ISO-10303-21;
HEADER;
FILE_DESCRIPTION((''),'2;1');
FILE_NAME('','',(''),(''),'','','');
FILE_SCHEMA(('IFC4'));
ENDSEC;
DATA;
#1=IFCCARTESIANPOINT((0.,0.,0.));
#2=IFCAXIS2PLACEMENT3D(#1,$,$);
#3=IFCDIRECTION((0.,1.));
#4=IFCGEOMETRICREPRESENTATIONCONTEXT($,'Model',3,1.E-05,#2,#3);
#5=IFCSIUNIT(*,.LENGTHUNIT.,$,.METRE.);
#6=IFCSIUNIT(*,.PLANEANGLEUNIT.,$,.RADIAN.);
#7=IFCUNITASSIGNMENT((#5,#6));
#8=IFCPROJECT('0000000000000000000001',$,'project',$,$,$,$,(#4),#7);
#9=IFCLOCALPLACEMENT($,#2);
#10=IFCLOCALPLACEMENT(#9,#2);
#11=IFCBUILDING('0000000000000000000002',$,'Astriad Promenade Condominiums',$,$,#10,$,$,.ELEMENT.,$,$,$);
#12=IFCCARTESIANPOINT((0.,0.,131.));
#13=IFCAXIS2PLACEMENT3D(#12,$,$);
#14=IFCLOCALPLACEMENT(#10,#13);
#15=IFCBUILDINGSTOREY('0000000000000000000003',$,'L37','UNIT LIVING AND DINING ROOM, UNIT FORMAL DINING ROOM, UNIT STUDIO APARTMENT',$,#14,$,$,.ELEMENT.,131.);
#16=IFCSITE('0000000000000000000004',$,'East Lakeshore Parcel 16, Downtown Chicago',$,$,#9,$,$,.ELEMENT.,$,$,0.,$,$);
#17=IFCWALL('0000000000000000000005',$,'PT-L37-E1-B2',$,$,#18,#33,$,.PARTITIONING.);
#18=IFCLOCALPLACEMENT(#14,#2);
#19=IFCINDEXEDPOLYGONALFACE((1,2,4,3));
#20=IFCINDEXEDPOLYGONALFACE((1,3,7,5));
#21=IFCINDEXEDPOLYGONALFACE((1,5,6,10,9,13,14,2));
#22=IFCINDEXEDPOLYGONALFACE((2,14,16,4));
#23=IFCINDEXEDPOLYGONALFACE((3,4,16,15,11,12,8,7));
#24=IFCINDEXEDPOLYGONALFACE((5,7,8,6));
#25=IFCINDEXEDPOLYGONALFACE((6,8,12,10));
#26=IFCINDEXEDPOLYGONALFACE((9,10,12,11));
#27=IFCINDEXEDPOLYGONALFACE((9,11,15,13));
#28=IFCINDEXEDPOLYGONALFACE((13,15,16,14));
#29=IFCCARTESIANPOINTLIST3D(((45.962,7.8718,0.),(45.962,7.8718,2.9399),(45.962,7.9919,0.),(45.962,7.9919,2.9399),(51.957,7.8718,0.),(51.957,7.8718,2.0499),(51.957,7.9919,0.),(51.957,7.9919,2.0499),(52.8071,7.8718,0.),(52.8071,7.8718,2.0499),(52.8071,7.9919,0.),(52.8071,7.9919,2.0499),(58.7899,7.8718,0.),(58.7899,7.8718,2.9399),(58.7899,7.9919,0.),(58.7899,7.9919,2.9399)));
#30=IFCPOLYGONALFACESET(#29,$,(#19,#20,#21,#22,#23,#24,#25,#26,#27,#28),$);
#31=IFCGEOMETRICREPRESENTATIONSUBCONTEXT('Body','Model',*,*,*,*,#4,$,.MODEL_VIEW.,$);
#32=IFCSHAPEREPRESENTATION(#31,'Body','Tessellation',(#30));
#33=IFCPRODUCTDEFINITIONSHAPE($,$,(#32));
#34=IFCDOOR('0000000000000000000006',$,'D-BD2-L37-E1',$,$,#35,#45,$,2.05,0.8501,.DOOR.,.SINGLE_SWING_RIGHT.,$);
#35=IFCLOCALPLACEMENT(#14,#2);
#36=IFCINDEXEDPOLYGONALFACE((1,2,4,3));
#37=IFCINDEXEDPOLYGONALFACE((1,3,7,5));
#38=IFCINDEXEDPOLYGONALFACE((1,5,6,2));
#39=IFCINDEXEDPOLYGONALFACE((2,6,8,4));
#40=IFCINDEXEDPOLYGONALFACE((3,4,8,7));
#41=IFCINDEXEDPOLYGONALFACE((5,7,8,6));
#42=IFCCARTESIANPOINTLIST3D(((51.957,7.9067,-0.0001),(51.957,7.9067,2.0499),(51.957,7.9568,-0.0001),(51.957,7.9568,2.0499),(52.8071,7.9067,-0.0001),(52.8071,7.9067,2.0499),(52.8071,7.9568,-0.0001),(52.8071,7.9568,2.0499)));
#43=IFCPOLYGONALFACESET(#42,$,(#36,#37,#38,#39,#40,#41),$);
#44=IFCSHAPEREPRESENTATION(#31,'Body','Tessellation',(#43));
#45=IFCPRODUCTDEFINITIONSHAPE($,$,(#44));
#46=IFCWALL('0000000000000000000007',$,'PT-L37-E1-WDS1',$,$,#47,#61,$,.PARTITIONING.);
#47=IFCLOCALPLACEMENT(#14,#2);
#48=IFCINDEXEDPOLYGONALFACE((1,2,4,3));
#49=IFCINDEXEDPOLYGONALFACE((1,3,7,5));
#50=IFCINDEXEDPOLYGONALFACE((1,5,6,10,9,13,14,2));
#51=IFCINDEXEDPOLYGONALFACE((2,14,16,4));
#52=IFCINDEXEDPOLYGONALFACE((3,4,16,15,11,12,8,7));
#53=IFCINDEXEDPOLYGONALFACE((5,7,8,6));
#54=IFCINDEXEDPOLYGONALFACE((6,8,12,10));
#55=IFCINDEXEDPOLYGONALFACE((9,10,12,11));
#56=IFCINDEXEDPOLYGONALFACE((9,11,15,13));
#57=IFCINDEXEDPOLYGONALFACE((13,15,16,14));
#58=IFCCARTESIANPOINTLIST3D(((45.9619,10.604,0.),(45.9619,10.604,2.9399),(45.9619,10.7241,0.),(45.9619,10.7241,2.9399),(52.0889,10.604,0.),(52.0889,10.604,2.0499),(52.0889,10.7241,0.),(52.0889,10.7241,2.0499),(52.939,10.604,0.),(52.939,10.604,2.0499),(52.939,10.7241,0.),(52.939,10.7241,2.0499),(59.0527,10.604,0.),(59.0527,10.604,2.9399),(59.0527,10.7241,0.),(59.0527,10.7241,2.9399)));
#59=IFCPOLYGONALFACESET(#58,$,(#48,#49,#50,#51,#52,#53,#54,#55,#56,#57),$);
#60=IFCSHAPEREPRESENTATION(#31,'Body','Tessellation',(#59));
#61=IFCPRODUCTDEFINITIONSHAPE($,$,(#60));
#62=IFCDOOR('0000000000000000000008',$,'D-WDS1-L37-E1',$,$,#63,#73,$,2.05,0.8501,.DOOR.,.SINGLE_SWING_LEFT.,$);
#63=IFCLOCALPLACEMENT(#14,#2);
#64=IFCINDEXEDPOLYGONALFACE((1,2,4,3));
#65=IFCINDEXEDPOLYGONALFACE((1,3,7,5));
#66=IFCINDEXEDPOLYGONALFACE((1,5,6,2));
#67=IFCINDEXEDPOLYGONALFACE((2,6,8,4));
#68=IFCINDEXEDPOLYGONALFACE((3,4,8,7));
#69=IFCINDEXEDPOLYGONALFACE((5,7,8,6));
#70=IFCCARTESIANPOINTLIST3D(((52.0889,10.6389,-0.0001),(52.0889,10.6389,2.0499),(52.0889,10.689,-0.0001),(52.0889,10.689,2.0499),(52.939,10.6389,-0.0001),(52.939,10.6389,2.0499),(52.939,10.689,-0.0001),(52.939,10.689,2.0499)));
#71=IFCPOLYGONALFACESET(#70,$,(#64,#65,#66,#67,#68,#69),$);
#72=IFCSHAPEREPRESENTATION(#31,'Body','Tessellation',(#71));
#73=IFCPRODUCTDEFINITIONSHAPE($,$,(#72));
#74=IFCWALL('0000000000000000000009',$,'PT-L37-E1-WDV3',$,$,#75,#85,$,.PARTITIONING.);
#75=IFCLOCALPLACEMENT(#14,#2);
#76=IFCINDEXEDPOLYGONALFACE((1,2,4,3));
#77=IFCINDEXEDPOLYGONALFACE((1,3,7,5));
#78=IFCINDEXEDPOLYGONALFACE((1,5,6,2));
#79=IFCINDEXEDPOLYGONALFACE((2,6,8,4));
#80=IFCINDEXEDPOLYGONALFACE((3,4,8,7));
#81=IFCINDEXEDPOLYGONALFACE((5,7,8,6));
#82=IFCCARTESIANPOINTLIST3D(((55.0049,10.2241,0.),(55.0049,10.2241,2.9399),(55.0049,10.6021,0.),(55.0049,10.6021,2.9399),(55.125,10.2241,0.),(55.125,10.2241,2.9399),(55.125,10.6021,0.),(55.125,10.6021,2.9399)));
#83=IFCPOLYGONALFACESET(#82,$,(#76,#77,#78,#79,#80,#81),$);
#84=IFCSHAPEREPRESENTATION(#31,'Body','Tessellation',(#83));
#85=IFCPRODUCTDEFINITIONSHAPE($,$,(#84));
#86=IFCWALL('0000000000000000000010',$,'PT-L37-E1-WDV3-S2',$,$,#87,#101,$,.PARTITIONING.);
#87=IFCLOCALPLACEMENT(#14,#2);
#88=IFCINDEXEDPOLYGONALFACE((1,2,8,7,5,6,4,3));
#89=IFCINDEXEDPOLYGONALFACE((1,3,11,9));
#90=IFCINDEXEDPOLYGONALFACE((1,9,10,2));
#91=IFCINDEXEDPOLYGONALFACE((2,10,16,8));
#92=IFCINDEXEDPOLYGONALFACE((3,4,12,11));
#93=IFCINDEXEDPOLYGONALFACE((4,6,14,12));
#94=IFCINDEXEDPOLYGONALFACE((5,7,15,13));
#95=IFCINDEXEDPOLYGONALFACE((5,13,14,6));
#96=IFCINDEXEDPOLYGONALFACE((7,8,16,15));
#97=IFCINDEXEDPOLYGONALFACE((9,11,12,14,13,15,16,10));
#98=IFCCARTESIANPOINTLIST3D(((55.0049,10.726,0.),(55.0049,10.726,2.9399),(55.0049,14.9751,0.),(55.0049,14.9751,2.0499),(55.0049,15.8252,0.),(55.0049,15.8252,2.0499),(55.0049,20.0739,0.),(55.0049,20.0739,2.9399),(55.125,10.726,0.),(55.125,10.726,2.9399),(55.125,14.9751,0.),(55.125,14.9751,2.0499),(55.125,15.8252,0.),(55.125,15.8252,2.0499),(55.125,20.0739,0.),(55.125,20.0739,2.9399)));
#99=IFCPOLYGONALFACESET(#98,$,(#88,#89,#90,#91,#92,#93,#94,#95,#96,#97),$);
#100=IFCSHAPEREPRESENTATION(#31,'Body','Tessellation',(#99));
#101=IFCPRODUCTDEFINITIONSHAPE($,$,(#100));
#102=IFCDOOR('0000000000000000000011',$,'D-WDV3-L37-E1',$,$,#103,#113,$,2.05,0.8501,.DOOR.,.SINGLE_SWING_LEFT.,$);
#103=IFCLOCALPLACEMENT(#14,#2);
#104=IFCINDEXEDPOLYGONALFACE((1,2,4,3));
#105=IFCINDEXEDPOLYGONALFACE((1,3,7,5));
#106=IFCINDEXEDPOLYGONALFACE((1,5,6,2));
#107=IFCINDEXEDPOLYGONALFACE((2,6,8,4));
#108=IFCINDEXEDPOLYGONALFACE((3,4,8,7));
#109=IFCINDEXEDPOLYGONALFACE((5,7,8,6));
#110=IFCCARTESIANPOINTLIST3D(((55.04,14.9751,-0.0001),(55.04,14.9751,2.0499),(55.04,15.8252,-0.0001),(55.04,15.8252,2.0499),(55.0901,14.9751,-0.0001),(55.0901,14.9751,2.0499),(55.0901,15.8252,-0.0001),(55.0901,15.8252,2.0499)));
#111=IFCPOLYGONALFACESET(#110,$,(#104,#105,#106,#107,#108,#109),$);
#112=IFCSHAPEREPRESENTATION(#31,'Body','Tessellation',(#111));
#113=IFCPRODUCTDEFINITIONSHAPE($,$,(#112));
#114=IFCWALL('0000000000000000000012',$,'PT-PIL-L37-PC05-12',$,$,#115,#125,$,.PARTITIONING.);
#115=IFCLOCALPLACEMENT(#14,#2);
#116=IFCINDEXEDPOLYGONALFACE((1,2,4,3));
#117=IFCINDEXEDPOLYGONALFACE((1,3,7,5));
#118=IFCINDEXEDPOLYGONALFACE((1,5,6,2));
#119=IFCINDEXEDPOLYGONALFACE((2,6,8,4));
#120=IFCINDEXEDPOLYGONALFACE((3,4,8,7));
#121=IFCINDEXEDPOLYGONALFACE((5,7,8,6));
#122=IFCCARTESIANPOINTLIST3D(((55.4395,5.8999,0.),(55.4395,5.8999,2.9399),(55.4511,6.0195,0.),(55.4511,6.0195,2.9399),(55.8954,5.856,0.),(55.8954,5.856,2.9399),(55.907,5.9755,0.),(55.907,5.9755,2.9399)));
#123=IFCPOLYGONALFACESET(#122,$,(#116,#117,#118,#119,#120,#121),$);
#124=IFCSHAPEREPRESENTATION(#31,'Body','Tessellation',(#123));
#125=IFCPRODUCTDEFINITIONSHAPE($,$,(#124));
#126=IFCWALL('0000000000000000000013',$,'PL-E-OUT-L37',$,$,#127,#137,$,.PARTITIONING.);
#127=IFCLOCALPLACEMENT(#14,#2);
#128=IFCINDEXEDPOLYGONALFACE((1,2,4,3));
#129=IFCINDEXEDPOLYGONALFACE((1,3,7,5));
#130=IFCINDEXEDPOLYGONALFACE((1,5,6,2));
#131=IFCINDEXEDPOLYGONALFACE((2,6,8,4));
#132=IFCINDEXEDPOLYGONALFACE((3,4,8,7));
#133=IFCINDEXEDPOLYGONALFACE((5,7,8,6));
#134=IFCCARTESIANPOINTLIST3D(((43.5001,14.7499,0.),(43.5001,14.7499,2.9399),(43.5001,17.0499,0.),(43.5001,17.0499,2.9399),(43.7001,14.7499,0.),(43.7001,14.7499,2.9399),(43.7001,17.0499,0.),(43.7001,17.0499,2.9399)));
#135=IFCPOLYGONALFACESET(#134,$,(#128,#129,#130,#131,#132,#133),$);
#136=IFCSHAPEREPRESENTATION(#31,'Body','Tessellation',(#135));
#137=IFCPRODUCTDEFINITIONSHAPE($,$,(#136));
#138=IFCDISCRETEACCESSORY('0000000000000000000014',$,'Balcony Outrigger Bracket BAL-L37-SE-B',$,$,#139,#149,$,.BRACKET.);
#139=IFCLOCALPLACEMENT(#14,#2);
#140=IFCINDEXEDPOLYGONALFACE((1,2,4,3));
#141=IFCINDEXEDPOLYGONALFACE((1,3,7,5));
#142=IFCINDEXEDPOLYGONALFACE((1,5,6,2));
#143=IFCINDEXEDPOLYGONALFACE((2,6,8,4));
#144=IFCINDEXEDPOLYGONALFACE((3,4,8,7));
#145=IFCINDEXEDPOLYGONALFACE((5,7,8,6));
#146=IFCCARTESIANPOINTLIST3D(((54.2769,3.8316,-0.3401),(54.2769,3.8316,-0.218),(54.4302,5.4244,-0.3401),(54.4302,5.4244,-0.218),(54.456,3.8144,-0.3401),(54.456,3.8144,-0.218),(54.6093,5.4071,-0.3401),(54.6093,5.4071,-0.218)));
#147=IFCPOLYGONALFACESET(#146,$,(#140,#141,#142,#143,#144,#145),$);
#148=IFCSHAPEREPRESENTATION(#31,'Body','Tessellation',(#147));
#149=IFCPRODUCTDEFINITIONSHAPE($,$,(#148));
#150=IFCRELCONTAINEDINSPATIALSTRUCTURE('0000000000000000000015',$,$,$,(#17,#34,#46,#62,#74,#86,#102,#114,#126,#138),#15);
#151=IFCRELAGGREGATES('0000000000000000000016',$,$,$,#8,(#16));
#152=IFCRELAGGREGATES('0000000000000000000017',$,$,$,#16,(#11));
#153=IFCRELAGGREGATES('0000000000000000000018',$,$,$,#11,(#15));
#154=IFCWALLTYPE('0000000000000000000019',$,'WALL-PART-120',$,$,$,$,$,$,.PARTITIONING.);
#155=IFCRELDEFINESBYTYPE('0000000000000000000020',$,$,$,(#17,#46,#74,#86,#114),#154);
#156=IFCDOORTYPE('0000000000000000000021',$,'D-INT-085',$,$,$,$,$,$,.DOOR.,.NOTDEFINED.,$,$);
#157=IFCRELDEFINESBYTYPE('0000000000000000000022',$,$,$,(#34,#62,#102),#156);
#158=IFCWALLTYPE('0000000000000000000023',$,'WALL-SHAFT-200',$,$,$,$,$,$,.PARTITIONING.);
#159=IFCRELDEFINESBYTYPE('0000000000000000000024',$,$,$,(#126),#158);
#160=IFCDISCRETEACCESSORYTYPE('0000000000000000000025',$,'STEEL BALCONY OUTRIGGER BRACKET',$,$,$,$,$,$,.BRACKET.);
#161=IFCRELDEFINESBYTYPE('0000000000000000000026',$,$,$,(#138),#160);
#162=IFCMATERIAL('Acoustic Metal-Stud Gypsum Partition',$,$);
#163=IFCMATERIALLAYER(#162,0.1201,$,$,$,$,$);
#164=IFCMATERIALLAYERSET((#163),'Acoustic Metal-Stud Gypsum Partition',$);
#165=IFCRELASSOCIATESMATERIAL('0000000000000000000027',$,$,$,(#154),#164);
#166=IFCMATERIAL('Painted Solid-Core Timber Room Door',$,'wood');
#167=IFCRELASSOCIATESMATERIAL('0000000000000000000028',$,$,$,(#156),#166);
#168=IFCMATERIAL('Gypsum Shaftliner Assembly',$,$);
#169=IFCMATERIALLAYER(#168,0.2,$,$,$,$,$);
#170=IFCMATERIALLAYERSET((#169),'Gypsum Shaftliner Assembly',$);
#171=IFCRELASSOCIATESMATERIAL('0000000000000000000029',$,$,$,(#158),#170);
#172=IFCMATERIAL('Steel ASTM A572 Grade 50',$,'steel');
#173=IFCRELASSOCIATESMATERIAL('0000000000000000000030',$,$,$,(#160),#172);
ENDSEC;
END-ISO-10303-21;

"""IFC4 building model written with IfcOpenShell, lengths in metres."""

from ifc_helpers import new_model, si_unit, direction, frame, frame_2d, origin, origin_2d, place, context, subcontext, project, spatial, rectangle, extrude, source, transform, mapped, material, layer, layer_set, type_object, type_shapes, element, fill, save


model = new_model("IFC4")

# Units and contexts
model_context = context("Model", 3, precision=1e-05, world=origin(), true_north=direction((0.0, 1.0)))
body_context = subcontext(model_context, "Body", "Model", "MODEL_VIEW")
ifc_project = project(units=[si_unit("LENGTHUNIT", "METRE"), si_unit("PLANEANGLEUNIT", "RADIAN")], contexts=[model_context])

# Site, building, storey
site_placement = place(None, origin())
site = spatial("IfcSite", under=ifc_project, at=site_placement, Name="East Lakeshore Parcel 16, Downtown Chicago", CompositionType="ELEMENT", RefElevation=0.0)
building_placement = place(site_placement, origin())
building = spatial("IfcBuilding", under=site, at=building_placement, Name="Astriad Promenade Condominiums", CompositionType="ELEMENT")
storey_placement = place(building_placement, frame((0.0, 0.0, 131.0)))
storey = spatial("IfcBuildingStorey", under=building, at=storey_placement, Name="L37", Description="UNIT LIVING AND DINING ROOM, UNIT FORMAL DINING ROOM, UNIT STUDIO APARTMENT", CompositionType="ELEMENT", Elevation=131.0)

# Shared definitions
ifc_material_1 = material(Name="Acoustic Metal-Stud Gypsum Partition")
ifc_layer_1 = layer(ifc_material_1, 0.1201)
ifc_layer_set_1 = layer_set([ifc_layer_1], Name="Acoustic Metal-Stud Gypsum Partition")
wall_type_1 = type_object("IfcWallType", Name="WALL-PART-120", PredefinedType="PARTITIONING", material=ifc_layer_set_1)
ifc_material_2 = material(Name="Painted Solid-Core Timber Room Door", Category="wood")
door_type_1 = type_object("IfcDoorType", Name="D-INT-085", OperationType="NOTDEFINED", PredefinedType="DOOR", material=ifc_material_2)
shared_shape_1 = source(origin(), body_context, "Body", "SweptSolid", [
    extrude(rectangle(XDim=0.8501, YDim=2.05, at=frame_2d((0.425, 1.0249))), frame((0.0, 0.0249, 0.0), z_axis=(0.0, -1.0, 0.0), x_axis=(1.0, 0.0, 0.0)), (0.0, 0.0, 1.0), 0.05),
])
type_shapes(door_type_1, [shared_shape_1])

# Walls, openings, doors
wall_1_placement = place(storey_placement, frame((45.9619, 7.9319, 0.0), z_axis=(0.0, 0.0, 1.0), x_axis=(1.0, 0.0, 0.0)))
wall_1 = element("IfcWall", 1, at=wall_1_placement, inside=storey, type_object=wall_type_1, Name="PT-L37-E1-B2", PredefinedType="PARTITIONING", context=body_context, shape_type="SweptSolid", body=[
    extrude(rectangle(XDim=12.8279, YDim=0.1201, at=frame_2d((6.4141, 0.0))), origin(), (0.0, 0.0, 1.0), 2.9399),
])
opening_1_placement = place(wall_1_placement, frame((5.9951, 0.0, 0.0)))
opening_1 = element("IfcOpeningElement", 2, at=opening_1_placement, cuts=wall_1, PredefinedType="OPENING", context=body_context, shape_type="SweptSolid", body=[
    extrude(rectangle(XDim=0.8501, YDim=2.05, at=frame_2d((0.425, 1.0249))), frame((0.0, 0.0701, 0.0), z_axis=(0.0, -1.0, 0.0), x_axis=(1.0, 0.0, 0.0)), (0.0, 0.0, 1.0), 0.1401),
])
door_1_placement = place(opening_1_placement, origin())
door_1 = element("IfcDoor", 3, at=door_1_placement, inside=storey, type_object=door_type_1, Name="D-BD2-L37-E1", OperationType="SINGLE_SWING_RIGHT", OverallHeight=2.05, OverallWidth=0.8501, PredefinedType="DOOR", context=body_context, shape_type="MappedRepresentation", body=[
    mapped(shared_shape_1, transform((0.0, 0.0, 0.0), scale=1.0)),
])
fill(opening_1, door_1)
wall_2_placement = place(storey_placement, frame((45.9619, 10.6641, 0.0), z_axis=(0.0, 0.0, 1.0), x_axis=(1.0, 0.0, 0.0)))
wall_2 = element("IfcWall", 4, at=wall_2_placement, inside=storey, type_object=wall_type_1, Name="PT-L37-E1-WDS1", PredefinedType="PARTITIONING", context=body_context, shape_type="SweptSolid", body=[
    extrude(rectangle(XDim=13.0908, YDim=0.1201, at=frame_2d((6.5454, 0.0))), origin(), (0.0, 0.0, 1.0), 2.9399),
])
opening_2_placement = place(wall_2_placement, frame((6.127, 0.0, 0.0)))
opening_2 = element("IfcOpeningElement", 5, at=opening_2_placement, cuts=wall_2, PredefinedType="OPENING", context=body_context, shape_type="SweptSolid", body=[
    extrude(rectangle(XDim=0.8501, YDim=2.05, at=frame_2d((0.425, 1.0249))), frame((0.0, 0.0701, 0.0), z_axis=(0.0, -1.0, 0.0), x_axis=(1.0, 0.0, 0.0)), (0.0, 0.0, 1.0), 0.1401),
])
door_2_placement = place(opening_2_placement, origin())
door_2 = element("IfcDoor", 6, at=door_2_placement, inside=storey, type_object=door_type_1, Name="D-WDS1-L37-E1", OperationType="SINGLE_SWING_LEFT", OverallHeight=2.05, OverallWidth=0.8501, PredefinedType="DOOR", context=body_context, shape_type="MappedRepresentation", body=[
    mapped(shared_shape_1, transform((0.0, 0.0, 0.0), scale=1.0)),
])
fill(opening_2, door_2)

# Wall
wall_3_placement = place(storey_placement, frame((55.0649, 10.2241, 0.0), z_axis=(0.0, 0.0, 1.0), x_axis=(0.0, 1.0, 0.0)))
element("IfcWall", 7, at=wall_3_placement, inside=storey, type_object=wall_type_1, Name="PT-L37-E1-WDV3", PredefinedType="PARTITIONING", context=body_context, shape_type="SweptSolid", body=[
    extrude(rectangle(XDim=0.3779, YDim=0.1201, at=frame_2d((0.189, 0.0))), origin(), (0.0, 0.0, 1.0), 2.9399),
])

# Wall, opening, door
wall_4_placement = place(storey_placement, frame((55.0649, 10.7261, 0.0), z_axis=(0.0, 0.0, 1.0), x_axis=(0.0, 1.0, 0.0)))
wall_4 = element("IfcWall", 8, at=wall_4_placement, inside=storey, type_object=wall_type_1, Name="PT-L37-E1-WDV3-S2", PredefinedType="PARTITIONING", context=body_context, shape_type="SweptSolid", body=[
    extrude(rectangle(XDim=9.3479, YDim=0.1201, at=frame_2d((4.6738, 0.0))), origin(), (0.0, 0.0, 1.0), 2.9399),
])
opening_3_placement = place(wall_4_placement, frame((4.249, 0.0, 0.0)))
opening_3 = element("IfcOpeningElement", 9, at=opening_3_placement, cuts=wall_4, PredefinedType="OPENING", context=body_context, shape_type="SweptSolid", body=[
    extrude(rectangle(XDim=0.8501, YDim=2.05, at=frame_2d((0.425, 1.0249))), frame((0.0, 0.0701, 0.0), z_axis=(0.0, -1.0, 0.0), x_axis=(1.0, 0.0, 0.0)), (0.0, 0.0, 1.0), 0.1401),
])
door_3_placement = place(opening_3_placement, origin())
door_3 = element("IfcDoor", 10, at=door_3_placement, inside=storey, type_object=door_type_1, Name="D-WDV3-L37-E1", OperationType="SINGLE_SWING_LEFT", OverallHeight=2.05, OverallWidth=0.8501, PredefinedType="DOOR", context=body_context, shape_type="MappedRepresentation", body=[
    mapped(shared_shape_1, transform((0.0, 0.0, 0.0), scale=1.0)),
])
fill(opening_3, door_3)

# Walls
wall_5_placement = place(storey_placement, frame((55.4453, 5.9597, 0.0), z_axis=(0.0, 0.0, 1.0), x_axis=(0.995385, -0.095966, 0.0)))
element("IfcWall", 11, at=wall_5_placement, inside=storey, type_object=wall_type_1, Name="PT-PIL-L37-PC05-12", PredefinedType="PARTITIONING", context=body_context, shape_type="SweptSolid", body=[
    extrude(rectangle(XDim=0.458, YDim=0.1201, at=frame_2d((0.229, 0.0))), origin(), (0.0, 0.0, 1.0), 2.9399),
])
ifc_material_3 = material(Name="Gypsum Shaftliner Assembly")
ifc_layer_2 = layer(ifc_material_3, 0.2)
ifc_layer_set_2 = layer_set([ifc_layer_2], Name="Gypsum Shaftliner Assembly")
wall_type_2 = type_object("IfcWallType", Name="WALL-SHAFT-200", PredefinedType="PARTITIONING", material=ifc_layer_set_2)
wall_6_placement = place(storey_placement, frame((43.6001, 14.75, 0.0), z_axis=(0.0, 0.0, 1.0), x_axis=(0.0, 1.0, 0.0)))
element("IfcWall", 12, at=wall_6_placement, inside=storey, type_object=wall_type_2, Name="PL-E-OUT-L37", PredefinedType="PARTITIONING", context=body_context, shape_type="SweptSolid", body=[
    extrude(rectangle(XDim=2.3, YDim=0.2, at=frame_2d((1.1499, 0.0))), origin(), (0.0, 0.0, 1.0), 2.9399),
])

# Discrete accessory
ifc_material_4 = material(Name="Steel ASTM A572 Grade 50", Category="steel")
discrete_accessory_type = type_object("IfcDiscreteAccessoryType", Name="STEEL BALCONY OUTRIGGER BRACKET", PredefinedType="BRACKET", material=ifc_material_4)
shared_shape_2 = source(origin(), body_context, "Body", "SweptSolid", [
    extrude(rectangle(XDim=1.6001, YDim=0.1799, at=origin_2d()), origin(), (0.0, 0.0, 1.0), 0.1221),
])
type_shapes(discrete_accessory_type, [shared_shape_2])
discrete_accessory_placement = place(storey_placement, frame((54.4431, 4.6194, -0.3401), z_axis=(0.0, 0.0, 1.0), x_axis=(-0.095846, -0.995396, 0.0)))
element("IfcDiscreteAccessory", 13, at=discrete_accessory_placement, inside=storey, type_object=discrete_accessory_type, Name="Balcony Outrigger Bracket BAL-L37-SE-B", PredefinedType="BRACKET", context=body_context, shape_type="MappedRepresentation", body=[
    mapped(shared_shape_2, transform((0.0, 0.0, 0.0), scale=1.0)),
])

save(model, "model.ifc")
